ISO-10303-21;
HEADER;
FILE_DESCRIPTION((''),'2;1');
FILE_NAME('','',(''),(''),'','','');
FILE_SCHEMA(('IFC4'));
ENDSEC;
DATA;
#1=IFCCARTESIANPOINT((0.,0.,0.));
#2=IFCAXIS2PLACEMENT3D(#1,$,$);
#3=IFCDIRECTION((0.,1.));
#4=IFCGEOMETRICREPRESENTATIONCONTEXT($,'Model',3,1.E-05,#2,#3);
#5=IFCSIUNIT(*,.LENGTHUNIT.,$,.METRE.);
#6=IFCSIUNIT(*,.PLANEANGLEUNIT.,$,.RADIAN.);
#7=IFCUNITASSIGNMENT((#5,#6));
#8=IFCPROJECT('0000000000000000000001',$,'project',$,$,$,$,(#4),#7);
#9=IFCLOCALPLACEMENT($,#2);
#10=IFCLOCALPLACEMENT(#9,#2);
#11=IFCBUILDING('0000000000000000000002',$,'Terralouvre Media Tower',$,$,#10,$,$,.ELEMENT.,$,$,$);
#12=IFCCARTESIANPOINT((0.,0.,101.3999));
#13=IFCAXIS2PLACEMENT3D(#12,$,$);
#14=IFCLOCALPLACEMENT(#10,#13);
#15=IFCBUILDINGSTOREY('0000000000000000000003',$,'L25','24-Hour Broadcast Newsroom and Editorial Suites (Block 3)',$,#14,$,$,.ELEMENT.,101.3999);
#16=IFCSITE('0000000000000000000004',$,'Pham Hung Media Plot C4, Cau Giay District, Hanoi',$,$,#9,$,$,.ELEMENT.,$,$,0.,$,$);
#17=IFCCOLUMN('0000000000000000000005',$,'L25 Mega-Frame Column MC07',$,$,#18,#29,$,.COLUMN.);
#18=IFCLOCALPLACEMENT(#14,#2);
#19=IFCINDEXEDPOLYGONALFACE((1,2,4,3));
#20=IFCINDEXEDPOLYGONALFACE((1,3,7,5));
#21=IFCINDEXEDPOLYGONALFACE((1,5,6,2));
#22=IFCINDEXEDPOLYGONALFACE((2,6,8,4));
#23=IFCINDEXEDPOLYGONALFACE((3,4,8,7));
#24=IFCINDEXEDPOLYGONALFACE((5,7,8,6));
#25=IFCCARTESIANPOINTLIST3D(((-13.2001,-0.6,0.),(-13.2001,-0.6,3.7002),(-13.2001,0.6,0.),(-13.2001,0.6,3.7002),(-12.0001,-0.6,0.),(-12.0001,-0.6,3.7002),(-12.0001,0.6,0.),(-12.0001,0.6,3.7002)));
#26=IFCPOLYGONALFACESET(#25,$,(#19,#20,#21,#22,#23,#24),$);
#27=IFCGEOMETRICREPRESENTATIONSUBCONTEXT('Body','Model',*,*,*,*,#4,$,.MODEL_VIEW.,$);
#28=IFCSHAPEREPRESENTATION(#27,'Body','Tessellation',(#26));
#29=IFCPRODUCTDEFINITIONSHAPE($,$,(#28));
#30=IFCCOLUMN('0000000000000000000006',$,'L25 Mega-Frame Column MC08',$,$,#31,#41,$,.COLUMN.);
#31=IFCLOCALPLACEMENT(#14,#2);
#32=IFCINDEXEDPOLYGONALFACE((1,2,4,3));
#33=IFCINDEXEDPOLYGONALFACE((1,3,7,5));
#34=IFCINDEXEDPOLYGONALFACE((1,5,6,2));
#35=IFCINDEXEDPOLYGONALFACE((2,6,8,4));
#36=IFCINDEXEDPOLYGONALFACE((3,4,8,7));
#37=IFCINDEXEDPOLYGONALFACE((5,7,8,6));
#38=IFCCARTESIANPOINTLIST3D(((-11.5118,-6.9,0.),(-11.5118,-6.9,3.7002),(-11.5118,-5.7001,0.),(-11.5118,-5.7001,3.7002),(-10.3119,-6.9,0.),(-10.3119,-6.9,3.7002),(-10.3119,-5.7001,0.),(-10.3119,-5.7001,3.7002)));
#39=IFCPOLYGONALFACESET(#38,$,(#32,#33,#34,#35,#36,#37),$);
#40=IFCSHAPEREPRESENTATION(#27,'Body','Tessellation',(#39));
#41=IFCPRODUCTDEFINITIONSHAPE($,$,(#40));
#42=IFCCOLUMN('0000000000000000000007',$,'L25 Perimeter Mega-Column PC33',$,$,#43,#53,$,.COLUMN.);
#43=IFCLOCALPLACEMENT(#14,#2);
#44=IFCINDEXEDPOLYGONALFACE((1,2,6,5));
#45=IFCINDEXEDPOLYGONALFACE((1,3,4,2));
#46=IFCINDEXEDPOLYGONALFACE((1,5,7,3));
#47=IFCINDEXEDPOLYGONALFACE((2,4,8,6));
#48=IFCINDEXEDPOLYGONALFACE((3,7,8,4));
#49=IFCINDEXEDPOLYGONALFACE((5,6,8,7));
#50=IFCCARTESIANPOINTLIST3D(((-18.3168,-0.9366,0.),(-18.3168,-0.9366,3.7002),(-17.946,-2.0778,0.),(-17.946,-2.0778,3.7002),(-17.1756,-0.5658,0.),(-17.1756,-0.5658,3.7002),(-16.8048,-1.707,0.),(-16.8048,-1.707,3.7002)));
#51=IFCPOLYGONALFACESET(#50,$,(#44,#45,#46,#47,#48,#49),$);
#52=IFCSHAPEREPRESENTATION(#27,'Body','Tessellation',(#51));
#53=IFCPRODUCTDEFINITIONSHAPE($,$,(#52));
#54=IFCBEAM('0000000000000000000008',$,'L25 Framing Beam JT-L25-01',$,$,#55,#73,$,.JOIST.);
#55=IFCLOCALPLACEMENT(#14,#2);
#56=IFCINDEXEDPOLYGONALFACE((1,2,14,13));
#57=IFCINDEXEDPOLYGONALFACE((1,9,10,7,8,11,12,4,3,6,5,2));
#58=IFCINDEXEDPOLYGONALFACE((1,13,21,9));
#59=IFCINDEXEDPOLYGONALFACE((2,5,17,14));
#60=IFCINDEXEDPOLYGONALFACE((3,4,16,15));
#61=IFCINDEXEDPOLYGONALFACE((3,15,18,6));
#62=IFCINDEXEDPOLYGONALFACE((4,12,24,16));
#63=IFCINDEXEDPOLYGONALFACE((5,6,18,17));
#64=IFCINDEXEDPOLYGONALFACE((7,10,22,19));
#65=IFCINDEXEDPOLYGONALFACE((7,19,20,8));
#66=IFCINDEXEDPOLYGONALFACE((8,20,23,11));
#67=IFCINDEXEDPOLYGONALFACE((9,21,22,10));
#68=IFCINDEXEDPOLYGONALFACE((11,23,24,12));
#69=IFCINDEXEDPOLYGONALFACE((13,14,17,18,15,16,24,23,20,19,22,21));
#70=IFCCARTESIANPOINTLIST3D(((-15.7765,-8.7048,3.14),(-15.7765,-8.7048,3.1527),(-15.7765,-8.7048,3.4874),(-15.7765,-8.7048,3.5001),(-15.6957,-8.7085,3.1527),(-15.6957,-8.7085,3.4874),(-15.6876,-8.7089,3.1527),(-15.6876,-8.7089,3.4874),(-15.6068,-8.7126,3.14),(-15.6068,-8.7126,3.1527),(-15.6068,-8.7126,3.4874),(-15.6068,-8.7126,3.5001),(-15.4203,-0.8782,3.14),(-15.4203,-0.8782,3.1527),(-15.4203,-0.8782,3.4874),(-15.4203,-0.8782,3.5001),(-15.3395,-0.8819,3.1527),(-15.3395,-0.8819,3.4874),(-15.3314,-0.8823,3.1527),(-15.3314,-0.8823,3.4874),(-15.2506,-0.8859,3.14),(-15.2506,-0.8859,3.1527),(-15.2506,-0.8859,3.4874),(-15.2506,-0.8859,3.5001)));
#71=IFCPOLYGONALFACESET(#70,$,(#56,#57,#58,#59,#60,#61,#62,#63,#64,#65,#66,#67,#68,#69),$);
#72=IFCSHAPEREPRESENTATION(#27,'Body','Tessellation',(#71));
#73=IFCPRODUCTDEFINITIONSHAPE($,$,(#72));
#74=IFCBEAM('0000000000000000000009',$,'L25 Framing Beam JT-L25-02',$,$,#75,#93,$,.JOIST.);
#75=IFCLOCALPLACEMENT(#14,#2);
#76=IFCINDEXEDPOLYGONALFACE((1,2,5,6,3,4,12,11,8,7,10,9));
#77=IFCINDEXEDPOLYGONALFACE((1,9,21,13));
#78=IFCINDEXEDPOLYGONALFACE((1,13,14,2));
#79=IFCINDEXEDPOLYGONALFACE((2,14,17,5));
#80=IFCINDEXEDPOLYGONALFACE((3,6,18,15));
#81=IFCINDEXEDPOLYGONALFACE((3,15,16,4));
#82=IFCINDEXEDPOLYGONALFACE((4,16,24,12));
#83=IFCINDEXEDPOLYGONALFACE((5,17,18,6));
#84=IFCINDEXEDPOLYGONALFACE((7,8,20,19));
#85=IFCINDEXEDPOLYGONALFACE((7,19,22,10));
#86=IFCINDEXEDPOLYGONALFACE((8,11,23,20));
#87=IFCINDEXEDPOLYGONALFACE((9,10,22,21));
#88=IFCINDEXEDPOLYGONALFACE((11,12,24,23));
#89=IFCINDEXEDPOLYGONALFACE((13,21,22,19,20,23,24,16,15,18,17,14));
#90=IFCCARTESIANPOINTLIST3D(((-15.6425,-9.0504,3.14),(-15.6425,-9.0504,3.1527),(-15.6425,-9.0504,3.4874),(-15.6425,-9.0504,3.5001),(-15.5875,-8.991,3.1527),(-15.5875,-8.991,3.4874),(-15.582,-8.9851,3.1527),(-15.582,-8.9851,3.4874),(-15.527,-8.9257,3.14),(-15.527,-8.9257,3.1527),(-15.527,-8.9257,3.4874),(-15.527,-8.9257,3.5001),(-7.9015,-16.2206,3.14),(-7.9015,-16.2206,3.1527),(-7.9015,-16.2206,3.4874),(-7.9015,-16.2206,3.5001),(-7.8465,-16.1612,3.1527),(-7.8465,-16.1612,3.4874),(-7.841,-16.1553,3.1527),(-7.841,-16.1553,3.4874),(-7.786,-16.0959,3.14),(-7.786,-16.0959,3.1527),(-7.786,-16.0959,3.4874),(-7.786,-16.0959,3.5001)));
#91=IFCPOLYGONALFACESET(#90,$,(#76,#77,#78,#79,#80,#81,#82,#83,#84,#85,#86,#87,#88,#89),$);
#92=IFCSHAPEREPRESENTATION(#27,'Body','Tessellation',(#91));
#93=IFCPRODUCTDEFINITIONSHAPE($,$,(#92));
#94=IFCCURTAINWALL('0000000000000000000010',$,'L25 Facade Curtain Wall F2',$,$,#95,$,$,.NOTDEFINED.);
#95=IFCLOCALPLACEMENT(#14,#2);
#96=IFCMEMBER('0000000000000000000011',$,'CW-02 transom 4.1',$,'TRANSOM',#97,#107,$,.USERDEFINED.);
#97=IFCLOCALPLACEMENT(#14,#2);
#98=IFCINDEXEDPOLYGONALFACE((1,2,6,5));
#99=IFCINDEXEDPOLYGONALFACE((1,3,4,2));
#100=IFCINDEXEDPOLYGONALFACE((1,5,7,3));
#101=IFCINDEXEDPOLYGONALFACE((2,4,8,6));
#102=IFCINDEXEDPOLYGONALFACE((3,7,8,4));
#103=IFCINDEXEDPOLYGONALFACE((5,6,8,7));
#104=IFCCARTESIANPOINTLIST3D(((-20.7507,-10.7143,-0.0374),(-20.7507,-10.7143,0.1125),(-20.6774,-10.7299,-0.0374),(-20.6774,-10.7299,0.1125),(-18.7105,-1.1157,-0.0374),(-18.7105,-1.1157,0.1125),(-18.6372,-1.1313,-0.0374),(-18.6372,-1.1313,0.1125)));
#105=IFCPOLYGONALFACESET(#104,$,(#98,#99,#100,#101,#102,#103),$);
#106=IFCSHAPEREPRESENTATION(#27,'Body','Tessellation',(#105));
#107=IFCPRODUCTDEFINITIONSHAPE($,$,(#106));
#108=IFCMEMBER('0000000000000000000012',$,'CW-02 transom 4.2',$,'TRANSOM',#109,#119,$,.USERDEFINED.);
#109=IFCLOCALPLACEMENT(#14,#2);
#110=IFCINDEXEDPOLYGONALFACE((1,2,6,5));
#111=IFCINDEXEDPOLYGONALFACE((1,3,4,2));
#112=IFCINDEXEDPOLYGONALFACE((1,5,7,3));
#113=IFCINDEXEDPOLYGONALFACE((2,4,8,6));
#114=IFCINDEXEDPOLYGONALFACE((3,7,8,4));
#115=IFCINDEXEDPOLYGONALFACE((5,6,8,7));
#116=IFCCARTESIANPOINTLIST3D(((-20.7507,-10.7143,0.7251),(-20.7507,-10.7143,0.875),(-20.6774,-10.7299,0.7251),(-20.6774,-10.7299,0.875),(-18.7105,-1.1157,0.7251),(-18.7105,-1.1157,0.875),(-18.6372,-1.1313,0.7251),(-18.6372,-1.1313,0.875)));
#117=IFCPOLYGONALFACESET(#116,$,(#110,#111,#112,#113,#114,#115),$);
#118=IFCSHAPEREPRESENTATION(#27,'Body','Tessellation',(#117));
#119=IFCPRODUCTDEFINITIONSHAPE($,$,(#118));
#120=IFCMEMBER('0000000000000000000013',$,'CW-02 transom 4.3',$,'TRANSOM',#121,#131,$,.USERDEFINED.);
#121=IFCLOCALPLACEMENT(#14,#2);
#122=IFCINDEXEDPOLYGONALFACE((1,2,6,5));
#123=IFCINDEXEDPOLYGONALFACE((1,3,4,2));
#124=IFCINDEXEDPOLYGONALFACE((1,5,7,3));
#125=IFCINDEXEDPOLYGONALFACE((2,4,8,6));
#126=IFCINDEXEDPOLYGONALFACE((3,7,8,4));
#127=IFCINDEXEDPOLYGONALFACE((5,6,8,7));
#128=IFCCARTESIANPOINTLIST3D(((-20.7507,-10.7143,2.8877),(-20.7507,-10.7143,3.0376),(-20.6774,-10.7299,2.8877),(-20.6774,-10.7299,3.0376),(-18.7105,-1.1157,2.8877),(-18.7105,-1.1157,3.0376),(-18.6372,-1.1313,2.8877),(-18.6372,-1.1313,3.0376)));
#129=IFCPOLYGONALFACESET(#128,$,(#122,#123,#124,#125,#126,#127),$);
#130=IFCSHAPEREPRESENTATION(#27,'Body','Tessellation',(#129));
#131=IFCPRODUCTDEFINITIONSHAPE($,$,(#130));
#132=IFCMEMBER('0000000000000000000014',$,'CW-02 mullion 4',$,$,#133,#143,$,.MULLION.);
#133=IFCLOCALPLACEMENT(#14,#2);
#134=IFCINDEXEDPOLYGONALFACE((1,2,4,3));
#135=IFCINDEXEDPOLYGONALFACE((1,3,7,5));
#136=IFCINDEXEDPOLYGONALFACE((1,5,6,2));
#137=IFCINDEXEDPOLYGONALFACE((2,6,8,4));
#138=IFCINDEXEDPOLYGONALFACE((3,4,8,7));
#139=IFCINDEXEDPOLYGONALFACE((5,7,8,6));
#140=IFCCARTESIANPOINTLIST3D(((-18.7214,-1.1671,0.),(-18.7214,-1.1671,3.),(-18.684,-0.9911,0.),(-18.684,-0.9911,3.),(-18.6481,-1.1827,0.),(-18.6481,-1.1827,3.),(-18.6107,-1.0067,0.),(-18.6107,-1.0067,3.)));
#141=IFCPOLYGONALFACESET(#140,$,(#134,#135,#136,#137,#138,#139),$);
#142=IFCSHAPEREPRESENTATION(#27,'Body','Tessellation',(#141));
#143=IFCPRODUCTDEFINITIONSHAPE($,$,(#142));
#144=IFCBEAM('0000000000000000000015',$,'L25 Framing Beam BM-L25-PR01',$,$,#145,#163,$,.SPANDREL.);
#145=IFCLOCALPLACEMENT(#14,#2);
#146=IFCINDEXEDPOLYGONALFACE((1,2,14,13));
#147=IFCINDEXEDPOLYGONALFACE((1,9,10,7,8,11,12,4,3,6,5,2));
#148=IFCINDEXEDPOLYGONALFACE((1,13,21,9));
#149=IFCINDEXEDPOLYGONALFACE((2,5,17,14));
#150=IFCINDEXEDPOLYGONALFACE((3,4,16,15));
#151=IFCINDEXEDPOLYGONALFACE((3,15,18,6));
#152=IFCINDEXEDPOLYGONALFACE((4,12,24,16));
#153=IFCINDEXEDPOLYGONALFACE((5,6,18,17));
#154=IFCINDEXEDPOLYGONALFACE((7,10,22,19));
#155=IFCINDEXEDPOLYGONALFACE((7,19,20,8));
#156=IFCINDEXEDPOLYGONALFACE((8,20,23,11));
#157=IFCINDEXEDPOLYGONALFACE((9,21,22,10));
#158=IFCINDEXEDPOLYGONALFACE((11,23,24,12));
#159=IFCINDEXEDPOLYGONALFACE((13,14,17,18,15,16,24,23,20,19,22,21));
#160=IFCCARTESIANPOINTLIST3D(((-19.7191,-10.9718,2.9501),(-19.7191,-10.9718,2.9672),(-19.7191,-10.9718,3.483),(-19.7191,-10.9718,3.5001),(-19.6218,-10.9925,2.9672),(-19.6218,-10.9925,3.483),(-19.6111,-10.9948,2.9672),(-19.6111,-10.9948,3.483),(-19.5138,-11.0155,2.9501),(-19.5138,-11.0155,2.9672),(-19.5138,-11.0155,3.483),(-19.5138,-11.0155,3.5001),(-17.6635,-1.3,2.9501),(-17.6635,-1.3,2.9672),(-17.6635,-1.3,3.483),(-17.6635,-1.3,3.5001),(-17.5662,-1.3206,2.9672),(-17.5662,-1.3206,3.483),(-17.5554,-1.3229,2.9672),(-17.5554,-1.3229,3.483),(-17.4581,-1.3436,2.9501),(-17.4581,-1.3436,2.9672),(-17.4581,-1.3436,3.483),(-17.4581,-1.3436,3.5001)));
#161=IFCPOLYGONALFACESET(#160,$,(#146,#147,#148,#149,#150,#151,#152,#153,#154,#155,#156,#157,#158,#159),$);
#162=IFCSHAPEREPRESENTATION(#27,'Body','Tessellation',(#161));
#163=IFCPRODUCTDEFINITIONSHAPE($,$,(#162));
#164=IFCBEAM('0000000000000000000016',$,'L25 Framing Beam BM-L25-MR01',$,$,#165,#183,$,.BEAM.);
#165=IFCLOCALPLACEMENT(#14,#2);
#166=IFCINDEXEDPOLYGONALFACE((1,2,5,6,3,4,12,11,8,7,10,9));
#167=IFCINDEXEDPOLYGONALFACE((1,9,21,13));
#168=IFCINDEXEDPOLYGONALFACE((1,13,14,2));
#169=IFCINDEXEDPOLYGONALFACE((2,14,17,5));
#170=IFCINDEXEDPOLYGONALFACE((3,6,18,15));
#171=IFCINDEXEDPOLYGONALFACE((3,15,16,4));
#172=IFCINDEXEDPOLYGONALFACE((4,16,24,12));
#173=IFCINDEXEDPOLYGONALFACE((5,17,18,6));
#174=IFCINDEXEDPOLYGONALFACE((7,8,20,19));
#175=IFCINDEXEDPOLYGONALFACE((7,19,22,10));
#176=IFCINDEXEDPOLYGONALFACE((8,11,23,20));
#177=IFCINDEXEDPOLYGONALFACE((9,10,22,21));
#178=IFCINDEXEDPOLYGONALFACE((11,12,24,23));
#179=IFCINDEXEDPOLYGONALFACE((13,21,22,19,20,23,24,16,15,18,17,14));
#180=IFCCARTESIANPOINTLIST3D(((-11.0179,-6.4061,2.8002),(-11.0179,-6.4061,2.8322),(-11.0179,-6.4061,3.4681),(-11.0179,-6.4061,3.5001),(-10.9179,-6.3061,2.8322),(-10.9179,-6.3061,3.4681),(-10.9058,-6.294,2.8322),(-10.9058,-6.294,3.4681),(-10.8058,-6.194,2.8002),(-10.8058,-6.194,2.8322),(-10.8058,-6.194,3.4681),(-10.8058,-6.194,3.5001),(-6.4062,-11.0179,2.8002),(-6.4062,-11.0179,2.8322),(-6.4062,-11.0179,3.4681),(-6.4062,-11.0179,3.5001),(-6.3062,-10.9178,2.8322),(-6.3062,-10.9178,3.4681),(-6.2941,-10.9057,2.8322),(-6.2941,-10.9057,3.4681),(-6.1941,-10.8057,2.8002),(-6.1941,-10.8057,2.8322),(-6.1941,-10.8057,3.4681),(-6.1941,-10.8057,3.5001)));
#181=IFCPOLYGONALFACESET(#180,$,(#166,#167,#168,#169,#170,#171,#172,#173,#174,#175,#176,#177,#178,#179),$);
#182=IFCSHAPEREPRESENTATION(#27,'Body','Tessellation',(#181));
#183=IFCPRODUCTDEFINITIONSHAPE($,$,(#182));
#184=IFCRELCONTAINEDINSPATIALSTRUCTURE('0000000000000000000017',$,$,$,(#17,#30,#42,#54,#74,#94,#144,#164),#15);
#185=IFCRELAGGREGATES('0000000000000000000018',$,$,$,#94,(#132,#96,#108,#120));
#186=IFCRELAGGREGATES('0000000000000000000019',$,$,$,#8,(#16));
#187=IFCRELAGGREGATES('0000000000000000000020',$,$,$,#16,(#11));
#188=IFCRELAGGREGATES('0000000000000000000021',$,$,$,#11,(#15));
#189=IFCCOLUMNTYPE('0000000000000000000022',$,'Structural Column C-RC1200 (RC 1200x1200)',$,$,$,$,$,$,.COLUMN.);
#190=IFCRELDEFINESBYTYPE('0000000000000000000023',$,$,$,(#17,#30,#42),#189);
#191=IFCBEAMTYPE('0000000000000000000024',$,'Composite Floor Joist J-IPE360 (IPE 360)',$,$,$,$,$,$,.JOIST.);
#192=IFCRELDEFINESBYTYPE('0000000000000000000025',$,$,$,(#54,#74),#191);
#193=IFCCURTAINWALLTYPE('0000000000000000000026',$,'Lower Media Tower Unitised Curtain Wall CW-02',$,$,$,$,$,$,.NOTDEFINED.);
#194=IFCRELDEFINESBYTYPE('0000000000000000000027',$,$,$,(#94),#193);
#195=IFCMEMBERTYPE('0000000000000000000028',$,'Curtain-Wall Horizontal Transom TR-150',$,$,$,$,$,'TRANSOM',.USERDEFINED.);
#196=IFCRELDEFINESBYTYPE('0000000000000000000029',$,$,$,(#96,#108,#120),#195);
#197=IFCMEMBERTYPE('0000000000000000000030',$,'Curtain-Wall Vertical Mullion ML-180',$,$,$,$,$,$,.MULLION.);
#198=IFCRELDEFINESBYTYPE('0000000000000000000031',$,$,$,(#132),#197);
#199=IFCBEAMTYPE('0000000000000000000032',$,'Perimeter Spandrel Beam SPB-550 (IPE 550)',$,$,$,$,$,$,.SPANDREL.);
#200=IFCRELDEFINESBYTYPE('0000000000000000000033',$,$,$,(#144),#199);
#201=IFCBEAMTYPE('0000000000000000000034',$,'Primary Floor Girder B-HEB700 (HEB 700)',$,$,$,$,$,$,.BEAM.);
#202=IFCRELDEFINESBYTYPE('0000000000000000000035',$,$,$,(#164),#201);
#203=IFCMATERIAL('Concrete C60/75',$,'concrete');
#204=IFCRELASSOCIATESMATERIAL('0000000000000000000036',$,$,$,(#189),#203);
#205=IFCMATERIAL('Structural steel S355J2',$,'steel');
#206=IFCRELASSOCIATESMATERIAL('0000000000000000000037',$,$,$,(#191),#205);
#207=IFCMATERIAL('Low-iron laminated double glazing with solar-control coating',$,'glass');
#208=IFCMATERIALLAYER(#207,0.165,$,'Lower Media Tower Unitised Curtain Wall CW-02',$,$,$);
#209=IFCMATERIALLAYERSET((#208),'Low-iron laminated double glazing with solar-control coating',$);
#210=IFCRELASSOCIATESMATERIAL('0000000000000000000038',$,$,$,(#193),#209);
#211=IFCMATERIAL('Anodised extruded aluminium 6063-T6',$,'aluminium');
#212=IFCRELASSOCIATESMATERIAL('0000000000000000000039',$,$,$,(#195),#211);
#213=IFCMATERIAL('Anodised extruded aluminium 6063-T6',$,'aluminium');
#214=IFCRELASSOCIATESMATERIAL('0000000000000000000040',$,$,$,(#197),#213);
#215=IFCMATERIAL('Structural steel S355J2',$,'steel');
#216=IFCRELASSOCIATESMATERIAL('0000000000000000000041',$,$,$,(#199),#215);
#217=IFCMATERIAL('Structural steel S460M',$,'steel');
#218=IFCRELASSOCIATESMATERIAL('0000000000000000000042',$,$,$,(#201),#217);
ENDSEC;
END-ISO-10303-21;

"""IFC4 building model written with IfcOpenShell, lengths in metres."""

from ifc_helpers import new_model, si_unit, direction, frame, origin, origin_2d, place, context, subcontext, project, spatial, rectangle, i_section, extrude, material, layer, layer_set, material_profile, profile_set, type_object, element, aggregate, save


model = new_model("IFC4")

# Units and contexts
model_context = context("Model", 3, precision=1e-05, world=origin(), true_north=direction((0.0, 1.0)))
body_context = subcontext(model_context, "Body", "Model", "MODEL_VIEW")
ifc_project = project(units=[si_unit("LENGTHUNIT", "METRE"), si_unit("PLANEANGLEUNIT", "RADIAN")], contexts=[model_context])

# Site, building, storey
site_placement = place(None, origin())
site = spatial("IfcSite", under=ifc_project, at=site_placement, Name="Pham Hung Media Plot C4, Cau Giay District, Hanoi", CompositionType="ELEMENT", RefElevation=0.0)
building_placement = place(site_placement, origin())
building = spatial("IfcBuilding", under=site, at=building_placement, Name="Terralouvre Media Tower", CompositionType="ELEMENT")
storey_placement = place(building_placement, frame((0.0, 0.0, 101.3999)))
storey = spatial("IfcBuildingStorey", under=building, at=storey_placement, Name="L25", Description="24-Hour Broadcast Newsroom and Editorial Suites (Block 3)", CompositionType="ELEMENT", Elevation=101.3999)

# Columns
ifc_material_1 = material(Name="Concrete C60/75", Category="concrete")
ifc_material_profile_1 = material_profile(ifc_material_1, rectangle(XDim=1.2, YDim=1.2, at=origin_2d()), Name="RC 1200x1200")
ifc_profile_set_1 = profile_set([ifc_material_profile_1], Name="Concrete C60/75")
column_type = type_object("IfcColumnType", Name="Structural Column C-RC1200 (RC 1200x1200)", PredefinedType="COLUMN", material=ifc_profile_set_1)
for number, where, z_axis, x_axis, name in (
    (1, (-12.6001, 0.0, 0.0), (0.0, 0.0, 1.0), (1.0, 0.0, 0.0), "L25 Mega-Frame Column MC07"),
    (2, (-10.9119, -6.3, 0.0), (0.0, 0.0, 1.0), (1.0, 0.0, 0.0), "L25 Mega-Frame Column MC08"),
    (3, (-17.5608, -1.3218, 0.0), (0.0, 0.0, 1.0), (0.951057, 0.309017, 0.0), "L25 Perimeter Mega-Column PC33"),
):
    element("IfcColumn", number, at=place(storey_placement, frame(where, z_axis=z_axis, x_axis=x_axis)), inside=storey, type_object=column_type, Name=name, PredefinedType="COLUMN", context=body_context, shape_type="SweptSolid", body=[
        extrude(rectangle(XDim=1.2, YDim=1.2, at=origin_2d()), origin(), (0.0, 0.0, 1.0), 3.7002),
    ])

# Beams
ifc_material_2 = material(Name="Structural steel S355J2", Category="steel")
ifc_material_profile_2 = material_profile(ifc_material_2, i_section(OverallWidth=0.1699, OverallDepth=0.3601, WebThickness=0.0081, FlangeThickness=0.0127, at=origin_2d()), Name="IPE 360")
ifc_profile_set_2 = profile_set([ifc_material_profile_2], Name="Structural steel S355J2")
beam_type_1 = type_object("IfcBeamType", Name="Composite Floor Joist J-IPE360 (IPE 360)", PredefinedType="JOIST", material=ifc_profile_set_2)
beam_1_placement = place(storey_placement, frame((-15.3354, -0.8821, 3.3201), z_axis=(-0.045464, -0.998966, 0.0), x_axis=(0.998966, -0.045464, 0.0)))
element("IfcBeam", 4, at=beam_1_placement, inside=storey, type_object=beam_type_1, Name="L25 Framing Beam JT-L25-01", PredefinedType="JOIST", context=body_context, shape_type="SweptSolid", body=[
    extrude(i_section(OverallWidth=0.1699, OverallDepth=0.3601, WebThickness=0.0081, FlangeThickness=0.0127, at=origin_2d()), origin(), (0.0, 0.0, 1.0), 7.8347),
])
beam_2_placement = place(storey_placement, frame((-15.5847, -8.988, 3.3201), z_axis=(0.733638, -0.679541, 0.0), x_axis=(0.679541, 0.733638, 0.0)))
element("IfcBeam", 5, at=beam_2_placement, inside=storey, type_object=beam_type_1, Name="L25 Framing Beam JT-L25-02", PredefinedType="JOIST", context=body_context, shape_type="SweptSolid", body=[
    extrude(i_section(OverallWidth=0.1699, OverallDepth=0.3601, WebThickness=0.0081, FlangeThickness=0.0127, at=origin_2d()), origin(), (0.0, 0.0, 1.0), 10.5515),
])

# Curtain wall, members
ifc_material_3 = material(Name="Low-iron laminated double glazing with solar-control coating", Category="glass")
ifc_layer_1 = layer(ifc_material_3, 0.165, Name="Lower Media Tower Unitised Curtain Wall CW-02")
ifc_layer_set_1 = layer_set([ifc_layer_1], Name="Low-iron laminated double glazing with solar-control coating")
curtain_wall_type = type_object("IfcCurtainWallType", Name="Lower Media Tower Unitised Curtain Wall CW-02", PredefinedType="NOTDEFINED", material=ifc_layer_set_1)
curtain_wall_placement = place(storey_placement, origin())
curtain_wall = element("IfcCurtainWall", 6, at=curtain_wall_placement, inside=storey, type_object=curtain_wall_type, Name="L25 Facade Curtain Wall F2", PredefinedType="NOTDEFINED")
ifc_material_4 = material(Name="Anodised extruded aluminium 6063-T6", Category="aluminium")
ifc_material_profile_3 = material_profile(ifc_material_4, rectangle(XDim=0.075, YDim=0.1499, at=origin_2d()), Name="ALU 75x150")
ifc_profile_set_3 = profile_set([ifc_material_profile_3], Name="Anodised extruded aluminium 6063-T6")
member_type_1 = type_object("IfcMemberType", Name="Curtain-Wall Horizontal Transom TR-150", ElementType="TRANSOM", PredefinedType="USERDEFINED", material=ifc_profile_set_3)
member_1_placement = place(storey_placement, frame((-18.6738, -1.1235, 0.0376), z_axis=(-0.207915, -0.978147, 0.0), x_axis=(0.978147, -0.207915, 0.0)))
member_1 = element("IfcMember", 7, at=member_1_placement, type_object=member_type_1, Name="CW-02 transom 4.1", ObjectType="TRANSOM", PredefinedType="USERDEFINED", context=body_context, shape_type="SweptSolid", body=[
    extrude(rectangle(XDim=0.075, YDim=0.1499, at=origin_2d()), origin(), (0.0, 0.0, 1.0), 9.813),
])
member_2_placement = place(storey_placement, frame((-18.6738, -1.1235, 0.8), z_axis=(-0.207915, -0.978147, 0.0), x_axis=(0.978147, -0.207915, 0.0)))
member_2 = element("IfcMember", 8, at=member_2_placement, type_object=member_type_1, Name="CW-02 transom 4.2", ObjectType="TRANSOM", PredefinedType="USERDEFINED", context=body_context, shape_type="SweptSolid", body=[
    extrude(rectangle(XDim=0.075, YDim=0.1499, at=origin_2d()), origin(), (0.0, 0.0, 1.0), 9.813),
])
member_3_placement = place(storey_placement, frame((-18.6738, -1.1235, 2.9626), z_axis=(-0.207915, -0.978147, 0.0), x_axis=(0.978147, -0.207915, 0.0)))
member_3 = element("IfcMember", 9, at=member_3_placement, type_object=member_type_1, Name="CW-02 transom 4.3", ObjectType="TRANSOM", PredefinedType="USERDEFINED", context=body_context, shape_type="SweptSolid", body=[
    extrude(rectangle(XDim=0.075, YDim=0.1499, at=origin_2d()), origin(), (0.0, 0.0, 1.0), 9.813),
])
ifc_material_5 = material(Name="Anodised extruded aluminium 6063-T6", Category="aluminium")
ifc_material_profile_4 = material_profile(ifc_material_5, rectangle(XDim=0.075, YDim=0.1799, at=origin_2d()), Name="ALU 75x180")
ifc_profile_set_4 = profile_set([ifc_material_profile_4], Name="Anodised extruded aluminium 6063-T6")
member_type_2 = type_object("IfcMemberType", Name="Curtain-Wall Vertical Mullion ML-180", PredefinedType="MULLION", material=ifc_profile_set_4)
member_4_placement = place(storey_placement, frame((-18.666, -1.0869, 0.0), z_axis=(0.0, 0.0, 1.0), x_axis=(0.978148, -0.207912, 0.0)))
member_4 = element("IfcMember", 10, at=member_4_placement, type_object=member_type_2, Name="CW-02 mullion 4", PredefinedType="MULLION", context=body_context, shape_type="SweptSolid", body=[
    extrude(rectangle(XDim=0.075, YDim=0.1799, at=origin_2d()), origin(), (0.0, 0.0, 1.0), 3.0),
])

# Beams
ifc_material_6 = material(Name="Structural steel S355J2", Category="steel")
ifc_material_profile_5 = material_profile(ifc_material_6, i_section(OverallWidth=0.21, OverallDepth=0.55, WebThickness=0.011, FlangeThickness=0.0171, at=origin_2d()), Name="IPE 550")
ifc_profile_set_5 = profile_set([ifc_material_profile_5], Name="Structural steel S355J2")
beam_type_2 = type_object("IfcBeamType", Name="Perimeter Spandrel Beam SPB-550 (IPE 550)", PredefinedType="SPANDREL", material=ifc_profile_set_5)
beam_3_placement = place(storey_placement, frame((-17.5608, -1.3218, 3.2251), z_axis=(-0.207897, -0.978151, 0.0), x_axis=(0.978151, -0.207897, 0.0)))
element("IfcBeam", 11, at=beam_3_placement, inside=storey, type_object=beam_type_2, Name="L25 Framing Beam BM-L25-PR01", PredefinedType="SPANDREL", context=body_context, shape_type="SweptSolid", body=[
    extrude(i_section(OverallWidth=0.21, OverallDepth=0.55, WebThickness=0.011, FlangeThickness=0.0171, at=origin_2d()), origin(), (0.0, 0.0, 1.0), 9.8879),
])
ifc_material_7 = material(Name="Structural steel S460M", Category="steel")
ifc_material_profile_6 = material_profile(ifc_material_7, i_section(OverallWidth=0.3, OverallDepth=0.7, WebThickness=0.0171, FlangeThickness=0.032, at=origin_2d()), Name="HEB 700")
ifc_profile_set_6 = profile_set([ifc_material_profile_6], Name="Structural steel S460M")
beam_type_3 = type_object("IfcBeamType", Name="Primary Floor Girder B-HEB700 (HEB 700)", PredefinedType="BEAM", material=ifc_profile_set_6)
beam_4_placement = place(storey_placement, frame((-10.9119, -6.3, 3.1501), z_axis=(0.707107, -0.707107, 0.0), x_axis=(0.707107, 0.707107, 0.0)))
element("IfcBeam", 12, at=beam_4_placement, inside=storey, type_object=beam_type_3, Name="L25 Framing Beam BM-L25-MR01", PredefinedType="BEAM", context=body_context, shape_type="SweptSolid", body=[
    extrude(i_section(OverallWidth=0.3, OverallDepth=0.7, WebThickness=0.0171, FlangeThickness=0.032, at=origin_2d()), origin(), (0.0, 0.0, 1.0), 6.522),
])

aggregate(curtain_wall, [member_4, member_1, member_2, member_3])

save(model, "model.ifc")
